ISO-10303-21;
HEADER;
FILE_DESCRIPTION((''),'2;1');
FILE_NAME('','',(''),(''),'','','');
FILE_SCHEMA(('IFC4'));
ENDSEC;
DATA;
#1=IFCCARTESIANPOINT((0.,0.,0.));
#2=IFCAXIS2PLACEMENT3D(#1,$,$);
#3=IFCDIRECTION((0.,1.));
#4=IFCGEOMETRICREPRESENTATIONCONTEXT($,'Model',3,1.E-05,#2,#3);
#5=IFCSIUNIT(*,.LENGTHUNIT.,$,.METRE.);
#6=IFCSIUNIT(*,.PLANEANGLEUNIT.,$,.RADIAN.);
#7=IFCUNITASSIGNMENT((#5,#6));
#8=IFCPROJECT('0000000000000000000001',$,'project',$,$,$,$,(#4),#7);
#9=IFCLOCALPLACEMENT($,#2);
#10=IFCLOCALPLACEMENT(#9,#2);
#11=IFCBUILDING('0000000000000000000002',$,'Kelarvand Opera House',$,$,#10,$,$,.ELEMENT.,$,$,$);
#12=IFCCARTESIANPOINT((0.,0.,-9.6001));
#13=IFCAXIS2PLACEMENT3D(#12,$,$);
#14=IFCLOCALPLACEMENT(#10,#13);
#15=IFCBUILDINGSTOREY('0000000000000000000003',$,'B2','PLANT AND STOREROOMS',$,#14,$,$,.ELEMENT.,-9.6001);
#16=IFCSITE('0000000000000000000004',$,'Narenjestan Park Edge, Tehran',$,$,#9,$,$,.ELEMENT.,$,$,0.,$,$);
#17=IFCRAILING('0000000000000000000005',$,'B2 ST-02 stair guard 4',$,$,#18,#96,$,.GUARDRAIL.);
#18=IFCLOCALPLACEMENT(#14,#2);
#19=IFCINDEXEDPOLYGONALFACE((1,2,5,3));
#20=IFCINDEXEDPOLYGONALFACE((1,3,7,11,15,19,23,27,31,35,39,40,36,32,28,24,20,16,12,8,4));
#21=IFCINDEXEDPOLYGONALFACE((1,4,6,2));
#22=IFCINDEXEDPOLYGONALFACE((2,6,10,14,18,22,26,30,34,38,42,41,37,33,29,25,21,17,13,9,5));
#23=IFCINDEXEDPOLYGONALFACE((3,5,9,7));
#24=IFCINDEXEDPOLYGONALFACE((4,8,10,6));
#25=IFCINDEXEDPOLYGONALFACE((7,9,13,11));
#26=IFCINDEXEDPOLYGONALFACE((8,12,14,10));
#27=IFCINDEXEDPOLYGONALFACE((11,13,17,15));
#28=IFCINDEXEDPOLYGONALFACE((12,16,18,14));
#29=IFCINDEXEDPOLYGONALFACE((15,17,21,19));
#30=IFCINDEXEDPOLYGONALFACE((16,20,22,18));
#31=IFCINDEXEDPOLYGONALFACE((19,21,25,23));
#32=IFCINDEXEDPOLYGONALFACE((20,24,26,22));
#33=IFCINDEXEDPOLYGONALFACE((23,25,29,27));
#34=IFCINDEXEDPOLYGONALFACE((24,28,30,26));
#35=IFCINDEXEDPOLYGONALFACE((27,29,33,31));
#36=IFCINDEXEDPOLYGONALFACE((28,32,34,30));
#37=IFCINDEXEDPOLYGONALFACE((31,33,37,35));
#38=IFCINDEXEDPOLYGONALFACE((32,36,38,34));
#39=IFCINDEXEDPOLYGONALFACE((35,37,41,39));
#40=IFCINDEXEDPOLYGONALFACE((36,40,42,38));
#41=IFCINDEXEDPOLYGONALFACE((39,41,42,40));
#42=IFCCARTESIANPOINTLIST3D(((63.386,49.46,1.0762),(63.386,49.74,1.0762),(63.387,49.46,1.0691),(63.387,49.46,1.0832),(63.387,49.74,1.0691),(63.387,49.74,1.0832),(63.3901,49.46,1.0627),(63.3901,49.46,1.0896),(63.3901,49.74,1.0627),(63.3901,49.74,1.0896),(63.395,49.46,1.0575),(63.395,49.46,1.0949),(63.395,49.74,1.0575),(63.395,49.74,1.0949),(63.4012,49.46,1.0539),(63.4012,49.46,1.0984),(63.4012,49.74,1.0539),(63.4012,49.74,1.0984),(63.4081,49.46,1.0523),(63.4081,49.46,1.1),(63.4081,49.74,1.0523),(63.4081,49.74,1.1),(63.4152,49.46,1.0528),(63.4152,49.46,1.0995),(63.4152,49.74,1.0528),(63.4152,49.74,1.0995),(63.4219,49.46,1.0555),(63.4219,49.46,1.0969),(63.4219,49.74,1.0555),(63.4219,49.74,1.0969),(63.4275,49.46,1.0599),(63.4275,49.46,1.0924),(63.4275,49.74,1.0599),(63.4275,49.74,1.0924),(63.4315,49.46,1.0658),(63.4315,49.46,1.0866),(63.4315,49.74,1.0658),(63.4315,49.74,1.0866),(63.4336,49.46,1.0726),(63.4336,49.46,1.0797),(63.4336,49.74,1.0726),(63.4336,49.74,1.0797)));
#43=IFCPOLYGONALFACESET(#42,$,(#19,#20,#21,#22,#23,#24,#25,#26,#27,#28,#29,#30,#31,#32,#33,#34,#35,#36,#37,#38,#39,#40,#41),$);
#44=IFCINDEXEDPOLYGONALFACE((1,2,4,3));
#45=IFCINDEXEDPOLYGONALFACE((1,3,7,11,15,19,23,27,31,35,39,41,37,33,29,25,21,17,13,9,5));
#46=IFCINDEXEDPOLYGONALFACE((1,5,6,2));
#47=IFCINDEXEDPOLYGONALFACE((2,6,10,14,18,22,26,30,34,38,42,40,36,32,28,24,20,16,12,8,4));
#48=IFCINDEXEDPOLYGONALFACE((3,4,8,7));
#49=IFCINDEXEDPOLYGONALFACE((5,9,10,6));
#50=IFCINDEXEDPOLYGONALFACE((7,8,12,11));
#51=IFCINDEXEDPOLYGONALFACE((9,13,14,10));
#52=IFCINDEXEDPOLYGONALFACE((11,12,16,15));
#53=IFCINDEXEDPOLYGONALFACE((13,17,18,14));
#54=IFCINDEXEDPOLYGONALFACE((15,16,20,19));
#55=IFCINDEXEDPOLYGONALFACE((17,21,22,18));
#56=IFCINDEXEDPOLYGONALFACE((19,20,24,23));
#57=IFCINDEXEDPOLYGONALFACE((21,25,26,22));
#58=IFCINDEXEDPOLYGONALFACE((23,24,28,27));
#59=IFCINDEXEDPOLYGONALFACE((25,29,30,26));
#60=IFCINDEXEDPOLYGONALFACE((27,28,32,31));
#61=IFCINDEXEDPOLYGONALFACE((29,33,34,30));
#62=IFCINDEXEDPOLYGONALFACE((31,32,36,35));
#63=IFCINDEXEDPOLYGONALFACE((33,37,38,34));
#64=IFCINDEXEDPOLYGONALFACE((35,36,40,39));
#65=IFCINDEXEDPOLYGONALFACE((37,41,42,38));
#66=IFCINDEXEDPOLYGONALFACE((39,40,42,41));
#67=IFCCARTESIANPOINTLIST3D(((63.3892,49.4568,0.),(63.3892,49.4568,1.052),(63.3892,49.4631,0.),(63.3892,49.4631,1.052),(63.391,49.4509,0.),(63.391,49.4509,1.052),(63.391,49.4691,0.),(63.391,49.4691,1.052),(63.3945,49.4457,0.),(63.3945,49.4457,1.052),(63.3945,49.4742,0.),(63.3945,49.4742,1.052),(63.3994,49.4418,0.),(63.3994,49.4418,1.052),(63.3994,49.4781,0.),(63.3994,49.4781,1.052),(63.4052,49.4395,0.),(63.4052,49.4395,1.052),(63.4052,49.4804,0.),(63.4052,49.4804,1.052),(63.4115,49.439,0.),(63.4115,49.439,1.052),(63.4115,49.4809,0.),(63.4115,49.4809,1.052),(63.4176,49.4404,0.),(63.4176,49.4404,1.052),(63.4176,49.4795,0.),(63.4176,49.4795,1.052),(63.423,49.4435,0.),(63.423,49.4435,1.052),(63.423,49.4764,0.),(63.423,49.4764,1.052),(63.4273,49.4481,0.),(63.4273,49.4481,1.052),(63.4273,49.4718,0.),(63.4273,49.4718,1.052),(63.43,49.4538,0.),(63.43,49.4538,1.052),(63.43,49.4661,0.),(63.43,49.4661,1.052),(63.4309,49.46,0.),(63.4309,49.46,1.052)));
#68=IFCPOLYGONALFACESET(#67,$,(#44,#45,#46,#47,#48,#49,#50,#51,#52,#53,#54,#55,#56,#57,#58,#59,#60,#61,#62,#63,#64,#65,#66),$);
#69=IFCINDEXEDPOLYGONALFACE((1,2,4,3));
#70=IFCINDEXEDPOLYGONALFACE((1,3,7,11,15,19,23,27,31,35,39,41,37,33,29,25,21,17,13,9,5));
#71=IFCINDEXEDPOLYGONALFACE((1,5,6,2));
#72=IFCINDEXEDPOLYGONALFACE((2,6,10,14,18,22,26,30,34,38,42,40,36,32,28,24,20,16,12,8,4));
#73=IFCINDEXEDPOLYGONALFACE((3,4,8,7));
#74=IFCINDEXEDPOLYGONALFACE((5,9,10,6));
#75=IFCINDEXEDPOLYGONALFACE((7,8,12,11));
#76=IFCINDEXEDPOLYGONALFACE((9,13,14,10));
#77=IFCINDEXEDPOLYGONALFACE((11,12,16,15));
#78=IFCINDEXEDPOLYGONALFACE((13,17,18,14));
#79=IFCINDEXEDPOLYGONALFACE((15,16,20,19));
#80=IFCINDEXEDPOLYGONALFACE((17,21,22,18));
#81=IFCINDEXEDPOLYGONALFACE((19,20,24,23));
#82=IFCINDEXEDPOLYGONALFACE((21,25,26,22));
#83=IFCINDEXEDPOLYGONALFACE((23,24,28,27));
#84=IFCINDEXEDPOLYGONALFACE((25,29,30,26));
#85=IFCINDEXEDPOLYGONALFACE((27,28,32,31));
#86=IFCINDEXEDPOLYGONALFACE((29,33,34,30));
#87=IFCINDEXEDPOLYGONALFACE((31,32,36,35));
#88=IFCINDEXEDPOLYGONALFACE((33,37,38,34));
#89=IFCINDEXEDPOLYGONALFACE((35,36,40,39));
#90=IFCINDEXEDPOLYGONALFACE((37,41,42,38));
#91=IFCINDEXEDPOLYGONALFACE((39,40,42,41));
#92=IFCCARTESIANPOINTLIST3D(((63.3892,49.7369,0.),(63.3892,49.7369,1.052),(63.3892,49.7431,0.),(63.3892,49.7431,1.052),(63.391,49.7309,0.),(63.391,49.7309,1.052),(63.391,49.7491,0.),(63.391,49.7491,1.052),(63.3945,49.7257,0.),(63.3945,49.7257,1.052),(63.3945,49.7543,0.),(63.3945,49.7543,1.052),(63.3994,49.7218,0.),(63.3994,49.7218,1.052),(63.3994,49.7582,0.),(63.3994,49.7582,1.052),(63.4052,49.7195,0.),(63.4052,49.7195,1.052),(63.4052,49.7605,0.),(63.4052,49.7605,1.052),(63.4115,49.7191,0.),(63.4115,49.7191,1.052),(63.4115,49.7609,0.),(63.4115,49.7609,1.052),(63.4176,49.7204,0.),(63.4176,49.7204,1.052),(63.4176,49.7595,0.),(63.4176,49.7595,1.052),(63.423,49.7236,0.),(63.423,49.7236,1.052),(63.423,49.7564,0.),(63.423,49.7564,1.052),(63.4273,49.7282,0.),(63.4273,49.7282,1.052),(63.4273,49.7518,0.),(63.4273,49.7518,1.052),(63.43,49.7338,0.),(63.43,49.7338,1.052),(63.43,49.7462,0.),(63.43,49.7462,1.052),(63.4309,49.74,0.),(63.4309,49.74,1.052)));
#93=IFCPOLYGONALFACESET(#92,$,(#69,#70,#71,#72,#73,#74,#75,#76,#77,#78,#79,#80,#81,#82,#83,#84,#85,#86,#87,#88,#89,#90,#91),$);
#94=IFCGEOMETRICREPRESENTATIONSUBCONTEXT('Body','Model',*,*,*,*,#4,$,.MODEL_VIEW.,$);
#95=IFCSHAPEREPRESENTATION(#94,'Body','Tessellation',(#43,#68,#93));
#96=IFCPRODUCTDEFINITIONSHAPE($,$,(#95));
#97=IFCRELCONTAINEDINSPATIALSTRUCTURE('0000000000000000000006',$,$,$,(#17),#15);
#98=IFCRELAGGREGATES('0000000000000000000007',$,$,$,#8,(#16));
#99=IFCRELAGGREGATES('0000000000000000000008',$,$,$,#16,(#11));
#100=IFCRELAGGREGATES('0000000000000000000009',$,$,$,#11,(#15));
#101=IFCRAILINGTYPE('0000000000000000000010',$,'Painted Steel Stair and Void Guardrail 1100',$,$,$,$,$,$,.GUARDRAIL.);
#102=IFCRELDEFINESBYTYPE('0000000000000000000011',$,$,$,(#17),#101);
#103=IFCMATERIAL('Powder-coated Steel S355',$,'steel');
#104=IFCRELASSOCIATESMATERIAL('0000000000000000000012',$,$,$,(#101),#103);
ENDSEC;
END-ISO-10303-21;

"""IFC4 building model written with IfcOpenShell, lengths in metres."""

from ifc_helpers import new_model, si_unit, direction, frame, origin, origin_2d, place, context, subcontext, project, spatial, circle, extrude, material, type_object, element, save


model = new_model("IFC4")

# Units and contexts
model_context = context("Model", 3, precision=1e-05, world=origin(), true_north=direction((0.0, 1.0)))
body_context = subcontext(model_context, "Body", "Model", "MODEL_VIEW")
ifc_project = project(units=[si_unit("LENGTHUNIT", "METRE"), si_unit("PLANEANGLEUNIT", "RADIAN")], contexts=[model_context])

# Site, building, storey
site_placement = place(None, origin())
site = spatial("IfcSite", under=ifc_project, at=site_placement, Name="Narenjestan Park Edge, Tehran", CompositionType="ELEMENT", RefElevation=0.0)
building_placement = place(site_placement, origin())
building = spatial("IfcBuilding", under=site, at=building_placement, Name="Kelarvand Opera House", CompositionType="ELEMENT")
storey_placement = place(building_placement, frame((0.0, 0.0, -9.6001)))
storey = spatial("IfcBuildingStorey", under=building, at=storey_placement, Name="B2", Description="PLANT AND STOREROOMS", CompositionType="ELEMENT", Elevation=-9.6001)

# Railing
ifc_material_1 = material(Name="Powder-coated Steel S355", Category="steel")
railing_type_1 = type_object("IfcRailingType", Name="Painted Steel Stair and Void Guardrail 1100", PredefinedType="GUARDRAIL", material=ifc_material_1)
railing_1_placement = place(storey_placement, frame((63.4099, 49.46, 0.0)))
element("IfcRailing", 1, at=railing_1_placement, inside=storey, type_object=railing_type_1, Name="B2 ST-02 stair guard 4", PredefinedType="GUARDRAIL", context=body_context, shape_type="SweptSolid", body=[
    extrude(circle(Radius=0.0239, at=origin_2d()), frame((0.0, 0.0, 1.0762), z_axis=(0.0, 1.0, 0.0), x_axis=(-1.0, 0.0, 0.0)), (0.0, 0.0, 1.0), 0.28),
    extrude(circle(Radius=0.021, at=origin_2d()), origin(), (0.0, 0.0, 1.0), 1.052),
    extrude(circle(Radius=0.021, at=origin_2d()), frame((0.0, 0.28, 0.0)), (0.0, 0.0, 1.0), 1.052),
])

save(model, "model.ifc")
